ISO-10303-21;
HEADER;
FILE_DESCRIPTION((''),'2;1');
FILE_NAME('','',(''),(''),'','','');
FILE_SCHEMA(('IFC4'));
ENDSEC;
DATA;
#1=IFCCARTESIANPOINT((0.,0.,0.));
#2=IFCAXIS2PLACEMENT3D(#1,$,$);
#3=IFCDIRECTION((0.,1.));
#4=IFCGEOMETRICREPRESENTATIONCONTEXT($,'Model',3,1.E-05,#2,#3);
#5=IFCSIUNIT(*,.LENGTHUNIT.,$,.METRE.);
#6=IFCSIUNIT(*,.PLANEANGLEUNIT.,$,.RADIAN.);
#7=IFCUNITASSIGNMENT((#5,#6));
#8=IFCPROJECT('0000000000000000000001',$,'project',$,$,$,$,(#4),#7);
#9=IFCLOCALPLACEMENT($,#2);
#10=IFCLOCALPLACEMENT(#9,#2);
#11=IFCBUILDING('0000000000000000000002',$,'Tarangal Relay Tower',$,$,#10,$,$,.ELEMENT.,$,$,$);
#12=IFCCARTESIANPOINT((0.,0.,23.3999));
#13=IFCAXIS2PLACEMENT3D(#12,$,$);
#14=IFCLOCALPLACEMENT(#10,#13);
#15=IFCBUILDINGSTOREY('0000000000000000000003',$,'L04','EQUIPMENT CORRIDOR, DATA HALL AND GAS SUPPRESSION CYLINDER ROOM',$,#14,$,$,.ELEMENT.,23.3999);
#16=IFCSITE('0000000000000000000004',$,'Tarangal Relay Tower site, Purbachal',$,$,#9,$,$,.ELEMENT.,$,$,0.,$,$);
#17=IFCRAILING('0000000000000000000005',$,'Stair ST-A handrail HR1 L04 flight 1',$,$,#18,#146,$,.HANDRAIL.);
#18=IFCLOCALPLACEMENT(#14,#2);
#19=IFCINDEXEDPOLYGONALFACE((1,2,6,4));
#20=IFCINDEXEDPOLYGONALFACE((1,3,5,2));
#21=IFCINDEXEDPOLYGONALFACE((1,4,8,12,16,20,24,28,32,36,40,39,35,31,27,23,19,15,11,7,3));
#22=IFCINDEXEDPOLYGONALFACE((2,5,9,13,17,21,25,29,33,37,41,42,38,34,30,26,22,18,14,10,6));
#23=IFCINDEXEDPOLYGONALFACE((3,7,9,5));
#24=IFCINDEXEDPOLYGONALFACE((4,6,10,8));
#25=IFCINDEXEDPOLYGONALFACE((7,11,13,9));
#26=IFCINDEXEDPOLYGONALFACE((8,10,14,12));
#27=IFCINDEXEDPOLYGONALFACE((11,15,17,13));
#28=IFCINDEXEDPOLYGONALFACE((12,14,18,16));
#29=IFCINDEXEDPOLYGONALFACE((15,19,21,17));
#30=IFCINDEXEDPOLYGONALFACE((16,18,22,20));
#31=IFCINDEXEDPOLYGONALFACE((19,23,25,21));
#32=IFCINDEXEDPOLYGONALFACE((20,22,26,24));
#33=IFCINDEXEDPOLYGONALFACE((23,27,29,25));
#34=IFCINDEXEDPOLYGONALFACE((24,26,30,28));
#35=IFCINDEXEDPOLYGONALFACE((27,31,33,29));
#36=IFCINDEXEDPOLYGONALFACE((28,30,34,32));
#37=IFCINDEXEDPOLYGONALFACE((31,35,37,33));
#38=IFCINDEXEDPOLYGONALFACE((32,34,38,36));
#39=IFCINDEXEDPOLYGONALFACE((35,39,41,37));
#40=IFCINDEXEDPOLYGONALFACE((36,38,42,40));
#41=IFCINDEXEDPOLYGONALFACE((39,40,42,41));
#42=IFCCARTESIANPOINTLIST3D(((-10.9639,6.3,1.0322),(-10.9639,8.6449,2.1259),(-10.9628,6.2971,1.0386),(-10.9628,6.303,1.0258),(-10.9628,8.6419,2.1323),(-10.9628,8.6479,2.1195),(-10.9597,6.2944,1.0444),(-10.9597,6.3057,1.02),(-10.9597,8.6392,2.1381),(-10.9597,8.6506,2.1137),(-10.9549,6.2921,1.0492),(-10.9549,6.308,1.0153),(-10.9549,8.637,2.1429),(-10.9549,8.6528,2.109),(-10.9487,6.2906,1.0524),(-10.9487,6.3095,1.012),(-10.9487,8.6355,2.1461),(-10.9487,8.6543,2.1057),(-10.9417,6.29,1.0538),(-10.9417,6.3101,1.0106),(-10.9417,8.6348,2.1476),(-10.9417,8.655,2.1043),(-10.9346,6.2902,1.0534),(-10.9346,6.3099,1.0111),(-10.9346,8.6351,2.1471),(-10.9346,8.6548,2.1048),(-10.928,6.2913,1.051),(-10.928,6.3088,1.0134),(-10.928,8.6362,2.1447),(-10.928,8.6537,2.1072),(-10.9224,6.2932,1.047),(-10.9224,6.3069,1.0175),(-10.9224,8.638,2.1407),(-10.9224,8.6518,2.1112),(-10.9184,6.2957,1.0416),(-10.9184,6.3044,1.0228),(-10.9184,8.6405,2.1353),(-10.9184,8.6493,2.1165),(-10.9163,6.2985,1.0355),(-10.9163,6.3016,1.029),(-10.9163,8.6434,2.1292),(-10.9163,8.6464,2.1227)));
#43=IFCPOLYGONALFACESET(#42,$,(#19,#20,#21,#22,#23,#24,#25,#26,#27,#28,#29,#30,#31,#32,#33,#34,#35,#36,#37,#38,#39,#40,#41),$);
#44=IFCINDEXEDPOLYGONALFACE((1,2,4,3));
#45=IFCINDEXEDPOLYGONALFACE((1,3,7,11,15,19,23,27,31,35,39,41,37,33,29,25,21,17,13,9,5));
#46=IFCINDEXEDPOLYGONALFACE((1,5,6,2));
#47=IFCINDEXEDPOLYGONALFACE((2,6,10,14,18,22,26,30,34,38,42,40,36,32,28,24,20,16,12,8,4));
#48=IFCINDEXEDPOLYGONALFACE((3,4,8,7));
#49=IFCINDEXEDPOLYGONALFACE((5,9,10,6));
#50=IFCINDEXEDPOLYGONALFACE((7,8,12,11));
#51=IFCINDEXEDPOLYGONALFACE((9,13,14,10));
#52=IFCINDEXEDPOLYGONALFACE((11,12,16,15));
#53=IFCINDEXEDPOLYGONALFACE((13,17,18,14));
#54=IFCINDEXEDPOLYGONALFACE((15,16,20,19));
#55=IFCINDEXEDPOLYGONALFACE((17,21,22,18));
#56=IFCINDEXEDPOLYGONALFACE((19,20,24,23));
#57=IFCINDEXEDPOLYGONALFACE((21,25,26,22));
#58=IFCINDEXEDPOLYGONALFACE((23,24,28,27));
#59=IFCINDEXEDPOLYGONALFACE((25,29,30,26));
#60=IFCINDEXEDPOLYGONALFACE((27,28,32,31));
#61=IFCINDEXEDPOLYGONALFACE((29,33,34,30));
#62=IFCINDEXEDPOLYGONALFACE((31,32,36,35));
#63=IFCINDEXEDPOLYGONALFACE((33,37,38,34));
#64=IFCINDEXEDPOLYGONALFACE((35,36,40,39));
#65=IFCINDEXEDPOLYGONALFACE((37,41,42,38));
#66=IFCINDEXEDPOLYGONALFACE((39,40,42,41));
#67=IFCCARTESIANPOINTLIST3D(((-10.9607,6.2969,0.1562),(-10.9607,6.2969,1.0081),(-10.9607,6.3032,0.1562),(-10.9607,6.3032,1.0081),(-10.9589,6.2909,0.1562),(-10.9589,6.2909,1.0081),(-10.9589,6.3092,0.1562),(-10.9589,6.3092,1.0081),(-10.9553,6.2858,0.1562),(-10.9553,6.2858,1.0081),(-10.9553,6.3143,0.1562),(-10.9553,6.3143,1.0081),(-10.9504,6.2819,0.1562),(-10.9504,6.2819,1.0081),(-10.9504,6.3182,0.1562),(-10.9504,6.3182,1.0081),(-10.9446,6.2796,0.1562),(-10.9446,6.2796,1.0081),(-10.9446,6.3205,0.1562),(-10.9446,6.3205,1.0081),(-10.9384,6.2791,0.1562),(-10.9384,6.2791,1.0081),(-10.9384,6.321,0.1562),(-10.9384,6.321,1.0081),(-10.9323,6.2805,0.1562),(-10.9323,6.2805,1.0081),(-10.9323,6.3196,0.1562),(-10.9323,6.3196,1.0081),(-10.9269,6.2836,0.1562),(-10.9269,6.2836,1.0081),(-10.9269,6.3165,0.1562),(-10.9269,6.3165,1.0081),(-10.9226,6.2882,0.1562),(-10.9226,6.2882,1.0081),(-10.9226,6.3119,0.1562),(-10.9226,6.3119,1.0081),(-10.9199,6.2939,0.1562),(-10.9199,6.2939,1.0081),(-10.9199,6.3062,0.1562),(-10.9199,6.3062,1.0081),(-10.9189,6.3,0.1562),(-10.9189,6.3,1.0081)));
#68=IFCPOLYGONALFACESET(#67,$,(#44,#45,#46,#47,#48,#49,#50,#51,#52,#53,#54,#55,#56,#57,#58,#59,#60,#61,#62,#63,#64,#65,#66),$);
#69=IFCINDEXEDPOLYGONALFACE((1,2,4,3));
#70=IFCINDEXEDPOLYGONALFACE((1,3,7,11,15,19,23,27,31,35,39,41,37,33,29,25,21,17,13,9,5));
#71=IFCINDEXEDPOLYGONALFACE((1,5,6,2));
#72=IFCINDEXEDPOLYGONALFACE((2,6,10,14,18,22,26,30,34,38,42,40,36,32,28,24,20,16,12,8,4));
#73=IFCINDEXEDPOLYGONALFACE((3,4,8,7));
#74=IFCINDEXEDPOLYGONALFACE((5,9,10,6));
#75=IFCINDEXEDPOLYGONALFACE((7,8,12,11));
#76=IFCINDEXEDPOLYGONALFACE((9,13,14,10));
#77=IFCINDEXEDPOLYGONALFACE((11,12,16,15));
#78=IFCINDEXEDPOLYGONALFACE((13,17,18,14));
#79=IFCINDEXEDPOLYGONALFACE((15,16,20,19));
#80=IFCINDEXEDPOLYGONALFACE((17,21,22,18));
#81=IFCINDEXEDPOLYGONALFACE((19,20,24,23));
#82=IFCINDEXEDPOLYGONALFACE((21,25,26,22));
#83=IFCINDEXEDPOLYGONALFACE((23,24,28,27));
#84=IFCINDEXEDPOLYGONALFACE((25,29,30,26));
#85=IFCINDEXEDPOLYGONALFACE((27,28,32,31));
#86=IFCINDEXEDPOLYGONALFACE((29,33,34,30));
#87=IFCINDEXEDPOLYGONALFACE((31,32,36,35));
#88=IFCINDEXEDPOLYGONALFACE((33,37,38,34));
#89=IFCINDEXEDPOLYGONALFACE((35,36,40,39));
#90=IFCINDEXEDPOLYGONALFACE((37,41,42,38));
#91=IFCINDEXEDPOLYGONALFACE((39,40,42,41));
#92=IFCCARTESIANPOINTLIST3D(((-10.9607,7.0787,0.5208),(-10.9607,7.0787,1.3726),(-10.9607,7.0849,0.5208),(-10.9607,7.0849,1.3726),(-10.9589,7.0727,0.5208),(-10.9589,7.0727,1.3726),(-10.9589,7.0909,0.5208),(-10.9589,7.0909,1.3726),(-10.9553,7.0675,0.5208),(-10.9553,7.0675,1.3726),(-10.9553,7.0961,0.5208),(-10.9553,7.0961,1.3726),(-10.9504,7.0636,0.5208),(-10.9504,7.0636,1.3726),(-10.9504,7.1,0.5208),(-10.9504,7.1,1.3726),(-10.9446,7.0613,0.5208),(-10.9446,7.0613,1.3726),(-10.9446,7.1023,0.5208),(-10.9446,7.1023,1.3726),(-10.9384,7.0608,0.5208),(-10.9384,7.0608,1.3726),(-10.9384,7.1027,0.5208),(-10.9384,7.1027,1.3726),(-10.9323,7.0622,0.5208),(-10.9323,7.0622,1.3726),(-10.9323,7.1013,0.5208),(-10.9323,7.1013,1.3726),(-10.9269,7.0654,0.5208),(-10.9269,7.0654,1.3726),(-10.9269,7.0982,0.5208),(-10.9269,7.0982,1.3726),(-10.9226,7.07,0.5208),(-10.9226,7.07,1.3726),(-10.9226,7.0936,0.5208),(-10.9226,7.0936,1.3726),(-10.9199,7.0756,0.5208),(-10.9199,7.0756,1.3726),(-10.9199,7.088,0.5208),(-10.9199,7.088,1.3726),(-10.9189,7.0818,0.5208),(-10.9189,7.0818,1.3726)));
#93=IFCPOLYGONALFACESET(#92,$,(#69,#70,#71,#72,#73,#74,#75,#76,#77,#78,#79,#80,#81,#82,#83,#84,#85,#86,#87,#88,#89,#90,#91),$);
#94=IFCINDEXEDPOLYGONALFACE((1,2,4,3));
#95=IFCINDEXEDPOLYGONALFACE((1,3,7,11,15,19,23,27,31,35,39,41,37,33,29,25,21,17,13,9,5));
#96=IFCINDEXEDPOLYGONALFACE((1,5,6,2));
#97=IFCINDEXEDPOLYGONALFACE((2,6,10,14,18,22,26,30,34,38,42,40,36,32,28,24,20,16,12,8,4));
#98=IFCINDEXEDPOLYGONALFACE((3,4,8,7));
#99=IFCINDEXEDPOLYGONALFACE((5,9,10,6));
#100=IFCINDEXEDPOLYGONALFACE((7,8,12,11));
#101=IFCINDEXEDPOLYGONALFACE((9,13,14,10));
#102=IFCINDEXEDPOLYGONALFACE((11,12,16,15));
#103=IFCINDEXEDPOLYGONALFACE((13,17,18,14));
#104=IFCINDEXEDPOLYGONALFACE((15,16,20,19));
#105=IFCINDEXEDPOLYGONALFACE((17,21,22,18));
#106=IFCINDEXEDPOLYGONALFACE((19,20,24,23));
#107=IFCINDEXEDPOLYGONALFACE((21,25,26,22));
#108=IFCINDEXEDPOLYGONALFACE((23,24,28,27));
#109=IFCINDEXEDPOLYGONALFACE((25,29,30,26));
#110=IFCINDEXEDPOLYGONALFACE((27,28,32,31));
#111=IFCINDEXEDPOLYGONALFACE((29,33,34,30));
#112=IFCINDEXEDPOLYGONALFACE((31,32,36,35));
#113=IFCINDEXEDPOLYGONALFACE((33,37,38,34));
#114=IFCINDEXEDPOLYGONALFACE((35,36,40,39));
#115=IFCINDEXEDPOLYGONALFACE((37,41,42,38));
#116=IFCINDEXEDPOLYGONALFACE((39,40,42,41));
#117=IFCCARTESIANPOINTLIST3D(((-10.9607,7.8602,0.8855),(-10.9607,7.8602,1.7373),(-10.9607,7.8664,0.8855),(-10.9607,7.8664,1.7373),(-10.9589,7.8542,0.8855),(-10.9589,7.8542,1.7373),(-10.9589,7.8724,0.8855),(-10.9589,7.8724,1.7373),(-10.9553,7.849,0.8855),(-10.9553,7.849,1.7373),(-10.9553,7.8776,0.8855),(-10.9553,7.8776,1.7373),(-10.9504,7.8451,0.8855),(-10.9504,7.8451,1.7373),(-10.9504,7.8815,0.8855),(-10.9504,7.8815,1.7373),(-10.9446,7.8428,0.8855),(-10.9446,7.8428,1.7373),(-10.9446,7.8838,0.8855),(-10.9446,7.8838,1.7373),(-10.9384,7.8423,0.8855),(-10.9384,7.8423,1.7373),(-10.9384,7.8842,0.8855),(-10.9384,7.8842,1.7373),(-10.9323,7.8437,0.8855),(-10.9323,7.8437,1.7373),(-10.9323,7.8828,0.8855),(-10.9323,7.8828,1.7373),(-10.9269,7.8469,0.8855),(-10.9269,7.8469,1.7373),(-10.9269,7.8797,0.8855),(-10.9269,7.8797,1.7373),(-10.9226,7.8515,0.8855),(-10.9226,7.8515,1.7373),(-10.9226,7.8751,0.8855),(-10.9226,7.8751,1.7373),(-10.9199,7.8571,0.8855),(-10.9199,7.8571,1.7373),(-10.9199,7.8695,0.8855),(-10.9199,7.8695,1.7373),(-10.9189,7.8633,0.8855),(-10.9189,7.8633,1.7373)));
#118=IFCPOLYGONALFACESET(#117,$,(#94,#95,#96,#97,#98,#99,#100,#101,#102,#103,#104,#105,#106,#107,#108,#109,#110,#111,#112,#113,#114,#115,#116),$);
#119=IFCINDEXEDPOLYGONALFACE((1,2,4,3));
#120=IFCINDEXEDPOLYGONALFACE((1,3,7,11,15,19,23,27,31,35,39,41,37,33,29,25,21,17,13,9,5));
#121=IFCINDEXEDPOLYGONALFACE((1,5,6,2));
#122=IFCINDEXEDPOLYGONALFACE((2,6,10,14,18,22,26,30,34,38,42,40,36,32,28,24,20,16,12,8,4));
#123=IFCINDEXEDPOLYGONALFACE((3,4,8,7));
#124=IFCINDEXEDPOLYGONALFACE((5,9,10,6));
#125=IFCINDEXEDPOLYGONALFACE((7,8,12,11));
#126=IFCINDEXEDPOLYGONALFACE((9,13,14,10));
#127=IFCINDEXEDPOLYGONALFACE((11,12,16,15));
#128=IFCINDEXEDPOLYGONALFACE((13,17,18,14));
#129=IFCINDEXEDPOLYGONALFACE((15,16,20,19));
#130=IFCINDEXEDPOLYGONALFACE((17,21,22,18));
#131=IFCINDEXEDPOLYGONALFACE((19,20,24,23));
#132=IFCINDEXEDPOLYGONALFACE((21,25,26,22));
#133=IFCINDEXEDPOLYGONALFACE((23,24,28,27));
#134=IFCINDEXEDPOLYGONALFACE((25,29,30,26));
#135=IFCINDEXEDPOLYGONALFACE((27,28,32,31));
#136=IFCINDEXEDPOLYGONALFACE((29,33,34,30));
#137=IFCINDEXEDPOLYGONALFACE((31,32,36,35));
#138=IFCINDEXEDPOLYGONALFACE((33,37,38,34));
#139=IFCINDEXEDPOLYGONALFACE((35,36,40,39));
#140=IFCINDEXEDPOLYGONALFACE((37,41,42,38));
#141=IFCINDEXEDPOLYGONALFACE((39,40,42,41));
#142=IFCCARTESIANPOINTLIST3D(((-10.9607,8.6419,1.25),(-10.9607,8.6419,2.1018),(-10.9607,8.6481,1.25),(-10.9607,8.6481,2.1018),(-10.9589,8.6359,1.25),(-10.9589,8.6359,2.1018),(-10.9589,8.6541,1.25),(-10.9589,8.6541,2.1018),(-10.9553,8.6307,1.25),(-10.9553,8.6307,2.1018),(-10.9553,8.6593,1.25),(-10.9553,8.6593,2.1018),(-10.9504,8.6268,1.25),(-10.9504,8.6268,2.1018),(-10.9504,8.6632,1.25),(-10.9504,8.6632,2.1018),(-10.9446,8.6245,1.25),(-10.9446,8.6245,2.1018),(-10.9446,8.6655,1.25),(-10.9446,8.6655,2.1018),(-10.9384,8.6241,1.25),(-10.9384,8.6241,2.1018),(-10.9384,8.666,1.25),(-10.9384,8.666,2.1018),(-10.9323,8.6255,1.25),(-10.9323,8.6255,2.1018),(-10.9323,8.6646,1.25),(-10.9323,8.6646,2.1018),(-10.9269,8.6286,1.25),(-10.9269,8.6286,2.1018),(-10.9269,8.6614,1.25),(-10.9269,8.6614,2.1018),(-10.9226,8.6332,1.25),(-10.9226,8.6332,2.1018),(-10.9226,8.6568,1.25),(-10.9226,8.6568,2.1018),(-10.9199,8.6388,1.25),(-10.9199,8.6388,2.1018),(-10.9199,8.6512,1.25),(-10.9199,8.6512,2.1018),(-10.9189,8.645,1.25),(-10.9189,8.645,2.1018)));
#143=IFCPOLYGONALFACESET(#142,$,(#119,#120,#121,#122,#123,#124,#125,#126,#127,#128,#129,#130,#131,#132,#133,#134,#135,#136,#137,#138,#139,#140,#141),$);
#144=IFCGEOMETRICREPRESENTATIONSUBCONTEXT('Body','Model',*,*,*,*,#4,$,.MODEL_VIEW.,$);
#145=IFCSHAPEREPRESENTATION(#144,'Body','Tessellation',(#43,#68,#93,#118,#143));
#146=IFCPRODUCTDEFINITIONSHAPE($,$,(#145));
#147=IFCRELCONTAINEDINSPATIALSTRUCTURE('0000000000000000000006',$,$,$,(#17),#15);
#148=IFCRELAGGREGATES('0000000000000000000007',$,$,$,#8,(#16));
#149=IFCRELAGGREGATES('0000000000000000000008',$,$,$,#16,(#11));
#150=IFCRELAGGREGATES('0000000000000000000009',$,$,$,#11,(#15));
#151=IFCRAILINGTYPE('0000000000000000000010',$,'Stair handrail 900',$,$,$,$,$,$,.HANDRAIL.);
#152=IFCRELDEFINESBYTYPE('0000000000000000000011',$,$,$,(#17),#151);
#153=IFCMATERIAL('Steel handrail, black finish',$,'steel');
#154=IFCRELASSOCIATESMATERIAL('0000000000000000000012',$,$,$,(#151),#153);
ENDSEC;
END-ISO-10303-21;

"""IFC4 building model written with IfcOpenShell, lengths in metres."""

from ifc_helpers import new_model, si_unit, direction, frame, origin, origin_2d, place, context, subcontext, project, spatial, circle, extrude, material, type_object, element, save


model = new_model("IFC4")

# Units and contexts
model_context = context("Model", 3, precision=1e-05, world=origin(), true_north=direction((0.0, 1.0)))
body_context = subcontext(model_context, "Body", "Model", "MODEL_VIEW")
ifc_project = project(units=[si_unit("LENGTHUNIT", "METRE"), si_unit("PLANEANGLEUNIT", "RADIAN")], contexts=[model_context])

# Site, building, storey
site_placement = place(None, origin())
site = spatial("IfcSite", under=ifc_project, at=site_placement, Name="Tarangal Relay Tower site, Purbachal", CompositionType="ELEMENT", RefElevation=0.0)
building_placement = place(site_placement, origin())
building = spatial("IfcBuilding", under=site, at=building_placement, Name="Tarangal Relay Tower", CompositionType="ELEMENT")
storey_placement = place(building_placement, frame((0.0, 0.0, 23.3999)))
storey = spatial("IfcBuildingStorey", under=building, at=storey_placement, Name="L04", Description="EQUIPMENT CORRIDOR, DATA HALL AND GAS SUPPRESSION CYLINDER ROOM", CompositionType="ELEMENT", Elevation=23.3999)

# Railing
ifc_material_1 = material(Name="Steel handrail, black finish", Category="steel")
railing_type_1 = type_object("IfcRailingType", Name="Stair handrail 900", PredefinedType="HANDRAIL", material=ifc_material_1)
for number, where, name in (
    (1, (-10.9399, 6.3, 0.1562), "Stair ST-A handrail HR1 L04 flight 1"),
):
    element("IfcRailing", number, at=place(storey_placement, frame(where)), inside=storey, type_object=railing_type_1, Name=name, PredefinedType="HANDRAIL", context=body_context, shape_type="SweptSolid", body=[
        extrude(circle(Radius=0.0239, at=origin_2d()), frame((0.0, 0.0, 0.876), z_axis=(0.0, 0.906267, 0.422705), x_axis=(-1.0, 0.0, 0.0)), (0.0, 0.0, 1.0), 2.5874),
        extrude(circle(Radius=0.021, at=origin_2d()), origin(), (0.0, 0.0, 1.0), 0.8518),
        extrude(circle(Radius=0.021, at=origin_2d()), frame((0.0, 0.7817, 0.3645)), (0.0, 0.0, 1.0), 0.8518),
        extrude(circle(Radius=0.021, at=origin_2d()), frame((0.0, 1.5632, 0.7292)), (0.0, 0.0, 1.0), 0.8518),
        extrude(circle(Radius=0.021, at=origin_2d()), frame((0.0, 2.345, 1.0938)), (0.0, 0.0, 1.0), 0.8518),
    ])

save(model, "model.ifc")
